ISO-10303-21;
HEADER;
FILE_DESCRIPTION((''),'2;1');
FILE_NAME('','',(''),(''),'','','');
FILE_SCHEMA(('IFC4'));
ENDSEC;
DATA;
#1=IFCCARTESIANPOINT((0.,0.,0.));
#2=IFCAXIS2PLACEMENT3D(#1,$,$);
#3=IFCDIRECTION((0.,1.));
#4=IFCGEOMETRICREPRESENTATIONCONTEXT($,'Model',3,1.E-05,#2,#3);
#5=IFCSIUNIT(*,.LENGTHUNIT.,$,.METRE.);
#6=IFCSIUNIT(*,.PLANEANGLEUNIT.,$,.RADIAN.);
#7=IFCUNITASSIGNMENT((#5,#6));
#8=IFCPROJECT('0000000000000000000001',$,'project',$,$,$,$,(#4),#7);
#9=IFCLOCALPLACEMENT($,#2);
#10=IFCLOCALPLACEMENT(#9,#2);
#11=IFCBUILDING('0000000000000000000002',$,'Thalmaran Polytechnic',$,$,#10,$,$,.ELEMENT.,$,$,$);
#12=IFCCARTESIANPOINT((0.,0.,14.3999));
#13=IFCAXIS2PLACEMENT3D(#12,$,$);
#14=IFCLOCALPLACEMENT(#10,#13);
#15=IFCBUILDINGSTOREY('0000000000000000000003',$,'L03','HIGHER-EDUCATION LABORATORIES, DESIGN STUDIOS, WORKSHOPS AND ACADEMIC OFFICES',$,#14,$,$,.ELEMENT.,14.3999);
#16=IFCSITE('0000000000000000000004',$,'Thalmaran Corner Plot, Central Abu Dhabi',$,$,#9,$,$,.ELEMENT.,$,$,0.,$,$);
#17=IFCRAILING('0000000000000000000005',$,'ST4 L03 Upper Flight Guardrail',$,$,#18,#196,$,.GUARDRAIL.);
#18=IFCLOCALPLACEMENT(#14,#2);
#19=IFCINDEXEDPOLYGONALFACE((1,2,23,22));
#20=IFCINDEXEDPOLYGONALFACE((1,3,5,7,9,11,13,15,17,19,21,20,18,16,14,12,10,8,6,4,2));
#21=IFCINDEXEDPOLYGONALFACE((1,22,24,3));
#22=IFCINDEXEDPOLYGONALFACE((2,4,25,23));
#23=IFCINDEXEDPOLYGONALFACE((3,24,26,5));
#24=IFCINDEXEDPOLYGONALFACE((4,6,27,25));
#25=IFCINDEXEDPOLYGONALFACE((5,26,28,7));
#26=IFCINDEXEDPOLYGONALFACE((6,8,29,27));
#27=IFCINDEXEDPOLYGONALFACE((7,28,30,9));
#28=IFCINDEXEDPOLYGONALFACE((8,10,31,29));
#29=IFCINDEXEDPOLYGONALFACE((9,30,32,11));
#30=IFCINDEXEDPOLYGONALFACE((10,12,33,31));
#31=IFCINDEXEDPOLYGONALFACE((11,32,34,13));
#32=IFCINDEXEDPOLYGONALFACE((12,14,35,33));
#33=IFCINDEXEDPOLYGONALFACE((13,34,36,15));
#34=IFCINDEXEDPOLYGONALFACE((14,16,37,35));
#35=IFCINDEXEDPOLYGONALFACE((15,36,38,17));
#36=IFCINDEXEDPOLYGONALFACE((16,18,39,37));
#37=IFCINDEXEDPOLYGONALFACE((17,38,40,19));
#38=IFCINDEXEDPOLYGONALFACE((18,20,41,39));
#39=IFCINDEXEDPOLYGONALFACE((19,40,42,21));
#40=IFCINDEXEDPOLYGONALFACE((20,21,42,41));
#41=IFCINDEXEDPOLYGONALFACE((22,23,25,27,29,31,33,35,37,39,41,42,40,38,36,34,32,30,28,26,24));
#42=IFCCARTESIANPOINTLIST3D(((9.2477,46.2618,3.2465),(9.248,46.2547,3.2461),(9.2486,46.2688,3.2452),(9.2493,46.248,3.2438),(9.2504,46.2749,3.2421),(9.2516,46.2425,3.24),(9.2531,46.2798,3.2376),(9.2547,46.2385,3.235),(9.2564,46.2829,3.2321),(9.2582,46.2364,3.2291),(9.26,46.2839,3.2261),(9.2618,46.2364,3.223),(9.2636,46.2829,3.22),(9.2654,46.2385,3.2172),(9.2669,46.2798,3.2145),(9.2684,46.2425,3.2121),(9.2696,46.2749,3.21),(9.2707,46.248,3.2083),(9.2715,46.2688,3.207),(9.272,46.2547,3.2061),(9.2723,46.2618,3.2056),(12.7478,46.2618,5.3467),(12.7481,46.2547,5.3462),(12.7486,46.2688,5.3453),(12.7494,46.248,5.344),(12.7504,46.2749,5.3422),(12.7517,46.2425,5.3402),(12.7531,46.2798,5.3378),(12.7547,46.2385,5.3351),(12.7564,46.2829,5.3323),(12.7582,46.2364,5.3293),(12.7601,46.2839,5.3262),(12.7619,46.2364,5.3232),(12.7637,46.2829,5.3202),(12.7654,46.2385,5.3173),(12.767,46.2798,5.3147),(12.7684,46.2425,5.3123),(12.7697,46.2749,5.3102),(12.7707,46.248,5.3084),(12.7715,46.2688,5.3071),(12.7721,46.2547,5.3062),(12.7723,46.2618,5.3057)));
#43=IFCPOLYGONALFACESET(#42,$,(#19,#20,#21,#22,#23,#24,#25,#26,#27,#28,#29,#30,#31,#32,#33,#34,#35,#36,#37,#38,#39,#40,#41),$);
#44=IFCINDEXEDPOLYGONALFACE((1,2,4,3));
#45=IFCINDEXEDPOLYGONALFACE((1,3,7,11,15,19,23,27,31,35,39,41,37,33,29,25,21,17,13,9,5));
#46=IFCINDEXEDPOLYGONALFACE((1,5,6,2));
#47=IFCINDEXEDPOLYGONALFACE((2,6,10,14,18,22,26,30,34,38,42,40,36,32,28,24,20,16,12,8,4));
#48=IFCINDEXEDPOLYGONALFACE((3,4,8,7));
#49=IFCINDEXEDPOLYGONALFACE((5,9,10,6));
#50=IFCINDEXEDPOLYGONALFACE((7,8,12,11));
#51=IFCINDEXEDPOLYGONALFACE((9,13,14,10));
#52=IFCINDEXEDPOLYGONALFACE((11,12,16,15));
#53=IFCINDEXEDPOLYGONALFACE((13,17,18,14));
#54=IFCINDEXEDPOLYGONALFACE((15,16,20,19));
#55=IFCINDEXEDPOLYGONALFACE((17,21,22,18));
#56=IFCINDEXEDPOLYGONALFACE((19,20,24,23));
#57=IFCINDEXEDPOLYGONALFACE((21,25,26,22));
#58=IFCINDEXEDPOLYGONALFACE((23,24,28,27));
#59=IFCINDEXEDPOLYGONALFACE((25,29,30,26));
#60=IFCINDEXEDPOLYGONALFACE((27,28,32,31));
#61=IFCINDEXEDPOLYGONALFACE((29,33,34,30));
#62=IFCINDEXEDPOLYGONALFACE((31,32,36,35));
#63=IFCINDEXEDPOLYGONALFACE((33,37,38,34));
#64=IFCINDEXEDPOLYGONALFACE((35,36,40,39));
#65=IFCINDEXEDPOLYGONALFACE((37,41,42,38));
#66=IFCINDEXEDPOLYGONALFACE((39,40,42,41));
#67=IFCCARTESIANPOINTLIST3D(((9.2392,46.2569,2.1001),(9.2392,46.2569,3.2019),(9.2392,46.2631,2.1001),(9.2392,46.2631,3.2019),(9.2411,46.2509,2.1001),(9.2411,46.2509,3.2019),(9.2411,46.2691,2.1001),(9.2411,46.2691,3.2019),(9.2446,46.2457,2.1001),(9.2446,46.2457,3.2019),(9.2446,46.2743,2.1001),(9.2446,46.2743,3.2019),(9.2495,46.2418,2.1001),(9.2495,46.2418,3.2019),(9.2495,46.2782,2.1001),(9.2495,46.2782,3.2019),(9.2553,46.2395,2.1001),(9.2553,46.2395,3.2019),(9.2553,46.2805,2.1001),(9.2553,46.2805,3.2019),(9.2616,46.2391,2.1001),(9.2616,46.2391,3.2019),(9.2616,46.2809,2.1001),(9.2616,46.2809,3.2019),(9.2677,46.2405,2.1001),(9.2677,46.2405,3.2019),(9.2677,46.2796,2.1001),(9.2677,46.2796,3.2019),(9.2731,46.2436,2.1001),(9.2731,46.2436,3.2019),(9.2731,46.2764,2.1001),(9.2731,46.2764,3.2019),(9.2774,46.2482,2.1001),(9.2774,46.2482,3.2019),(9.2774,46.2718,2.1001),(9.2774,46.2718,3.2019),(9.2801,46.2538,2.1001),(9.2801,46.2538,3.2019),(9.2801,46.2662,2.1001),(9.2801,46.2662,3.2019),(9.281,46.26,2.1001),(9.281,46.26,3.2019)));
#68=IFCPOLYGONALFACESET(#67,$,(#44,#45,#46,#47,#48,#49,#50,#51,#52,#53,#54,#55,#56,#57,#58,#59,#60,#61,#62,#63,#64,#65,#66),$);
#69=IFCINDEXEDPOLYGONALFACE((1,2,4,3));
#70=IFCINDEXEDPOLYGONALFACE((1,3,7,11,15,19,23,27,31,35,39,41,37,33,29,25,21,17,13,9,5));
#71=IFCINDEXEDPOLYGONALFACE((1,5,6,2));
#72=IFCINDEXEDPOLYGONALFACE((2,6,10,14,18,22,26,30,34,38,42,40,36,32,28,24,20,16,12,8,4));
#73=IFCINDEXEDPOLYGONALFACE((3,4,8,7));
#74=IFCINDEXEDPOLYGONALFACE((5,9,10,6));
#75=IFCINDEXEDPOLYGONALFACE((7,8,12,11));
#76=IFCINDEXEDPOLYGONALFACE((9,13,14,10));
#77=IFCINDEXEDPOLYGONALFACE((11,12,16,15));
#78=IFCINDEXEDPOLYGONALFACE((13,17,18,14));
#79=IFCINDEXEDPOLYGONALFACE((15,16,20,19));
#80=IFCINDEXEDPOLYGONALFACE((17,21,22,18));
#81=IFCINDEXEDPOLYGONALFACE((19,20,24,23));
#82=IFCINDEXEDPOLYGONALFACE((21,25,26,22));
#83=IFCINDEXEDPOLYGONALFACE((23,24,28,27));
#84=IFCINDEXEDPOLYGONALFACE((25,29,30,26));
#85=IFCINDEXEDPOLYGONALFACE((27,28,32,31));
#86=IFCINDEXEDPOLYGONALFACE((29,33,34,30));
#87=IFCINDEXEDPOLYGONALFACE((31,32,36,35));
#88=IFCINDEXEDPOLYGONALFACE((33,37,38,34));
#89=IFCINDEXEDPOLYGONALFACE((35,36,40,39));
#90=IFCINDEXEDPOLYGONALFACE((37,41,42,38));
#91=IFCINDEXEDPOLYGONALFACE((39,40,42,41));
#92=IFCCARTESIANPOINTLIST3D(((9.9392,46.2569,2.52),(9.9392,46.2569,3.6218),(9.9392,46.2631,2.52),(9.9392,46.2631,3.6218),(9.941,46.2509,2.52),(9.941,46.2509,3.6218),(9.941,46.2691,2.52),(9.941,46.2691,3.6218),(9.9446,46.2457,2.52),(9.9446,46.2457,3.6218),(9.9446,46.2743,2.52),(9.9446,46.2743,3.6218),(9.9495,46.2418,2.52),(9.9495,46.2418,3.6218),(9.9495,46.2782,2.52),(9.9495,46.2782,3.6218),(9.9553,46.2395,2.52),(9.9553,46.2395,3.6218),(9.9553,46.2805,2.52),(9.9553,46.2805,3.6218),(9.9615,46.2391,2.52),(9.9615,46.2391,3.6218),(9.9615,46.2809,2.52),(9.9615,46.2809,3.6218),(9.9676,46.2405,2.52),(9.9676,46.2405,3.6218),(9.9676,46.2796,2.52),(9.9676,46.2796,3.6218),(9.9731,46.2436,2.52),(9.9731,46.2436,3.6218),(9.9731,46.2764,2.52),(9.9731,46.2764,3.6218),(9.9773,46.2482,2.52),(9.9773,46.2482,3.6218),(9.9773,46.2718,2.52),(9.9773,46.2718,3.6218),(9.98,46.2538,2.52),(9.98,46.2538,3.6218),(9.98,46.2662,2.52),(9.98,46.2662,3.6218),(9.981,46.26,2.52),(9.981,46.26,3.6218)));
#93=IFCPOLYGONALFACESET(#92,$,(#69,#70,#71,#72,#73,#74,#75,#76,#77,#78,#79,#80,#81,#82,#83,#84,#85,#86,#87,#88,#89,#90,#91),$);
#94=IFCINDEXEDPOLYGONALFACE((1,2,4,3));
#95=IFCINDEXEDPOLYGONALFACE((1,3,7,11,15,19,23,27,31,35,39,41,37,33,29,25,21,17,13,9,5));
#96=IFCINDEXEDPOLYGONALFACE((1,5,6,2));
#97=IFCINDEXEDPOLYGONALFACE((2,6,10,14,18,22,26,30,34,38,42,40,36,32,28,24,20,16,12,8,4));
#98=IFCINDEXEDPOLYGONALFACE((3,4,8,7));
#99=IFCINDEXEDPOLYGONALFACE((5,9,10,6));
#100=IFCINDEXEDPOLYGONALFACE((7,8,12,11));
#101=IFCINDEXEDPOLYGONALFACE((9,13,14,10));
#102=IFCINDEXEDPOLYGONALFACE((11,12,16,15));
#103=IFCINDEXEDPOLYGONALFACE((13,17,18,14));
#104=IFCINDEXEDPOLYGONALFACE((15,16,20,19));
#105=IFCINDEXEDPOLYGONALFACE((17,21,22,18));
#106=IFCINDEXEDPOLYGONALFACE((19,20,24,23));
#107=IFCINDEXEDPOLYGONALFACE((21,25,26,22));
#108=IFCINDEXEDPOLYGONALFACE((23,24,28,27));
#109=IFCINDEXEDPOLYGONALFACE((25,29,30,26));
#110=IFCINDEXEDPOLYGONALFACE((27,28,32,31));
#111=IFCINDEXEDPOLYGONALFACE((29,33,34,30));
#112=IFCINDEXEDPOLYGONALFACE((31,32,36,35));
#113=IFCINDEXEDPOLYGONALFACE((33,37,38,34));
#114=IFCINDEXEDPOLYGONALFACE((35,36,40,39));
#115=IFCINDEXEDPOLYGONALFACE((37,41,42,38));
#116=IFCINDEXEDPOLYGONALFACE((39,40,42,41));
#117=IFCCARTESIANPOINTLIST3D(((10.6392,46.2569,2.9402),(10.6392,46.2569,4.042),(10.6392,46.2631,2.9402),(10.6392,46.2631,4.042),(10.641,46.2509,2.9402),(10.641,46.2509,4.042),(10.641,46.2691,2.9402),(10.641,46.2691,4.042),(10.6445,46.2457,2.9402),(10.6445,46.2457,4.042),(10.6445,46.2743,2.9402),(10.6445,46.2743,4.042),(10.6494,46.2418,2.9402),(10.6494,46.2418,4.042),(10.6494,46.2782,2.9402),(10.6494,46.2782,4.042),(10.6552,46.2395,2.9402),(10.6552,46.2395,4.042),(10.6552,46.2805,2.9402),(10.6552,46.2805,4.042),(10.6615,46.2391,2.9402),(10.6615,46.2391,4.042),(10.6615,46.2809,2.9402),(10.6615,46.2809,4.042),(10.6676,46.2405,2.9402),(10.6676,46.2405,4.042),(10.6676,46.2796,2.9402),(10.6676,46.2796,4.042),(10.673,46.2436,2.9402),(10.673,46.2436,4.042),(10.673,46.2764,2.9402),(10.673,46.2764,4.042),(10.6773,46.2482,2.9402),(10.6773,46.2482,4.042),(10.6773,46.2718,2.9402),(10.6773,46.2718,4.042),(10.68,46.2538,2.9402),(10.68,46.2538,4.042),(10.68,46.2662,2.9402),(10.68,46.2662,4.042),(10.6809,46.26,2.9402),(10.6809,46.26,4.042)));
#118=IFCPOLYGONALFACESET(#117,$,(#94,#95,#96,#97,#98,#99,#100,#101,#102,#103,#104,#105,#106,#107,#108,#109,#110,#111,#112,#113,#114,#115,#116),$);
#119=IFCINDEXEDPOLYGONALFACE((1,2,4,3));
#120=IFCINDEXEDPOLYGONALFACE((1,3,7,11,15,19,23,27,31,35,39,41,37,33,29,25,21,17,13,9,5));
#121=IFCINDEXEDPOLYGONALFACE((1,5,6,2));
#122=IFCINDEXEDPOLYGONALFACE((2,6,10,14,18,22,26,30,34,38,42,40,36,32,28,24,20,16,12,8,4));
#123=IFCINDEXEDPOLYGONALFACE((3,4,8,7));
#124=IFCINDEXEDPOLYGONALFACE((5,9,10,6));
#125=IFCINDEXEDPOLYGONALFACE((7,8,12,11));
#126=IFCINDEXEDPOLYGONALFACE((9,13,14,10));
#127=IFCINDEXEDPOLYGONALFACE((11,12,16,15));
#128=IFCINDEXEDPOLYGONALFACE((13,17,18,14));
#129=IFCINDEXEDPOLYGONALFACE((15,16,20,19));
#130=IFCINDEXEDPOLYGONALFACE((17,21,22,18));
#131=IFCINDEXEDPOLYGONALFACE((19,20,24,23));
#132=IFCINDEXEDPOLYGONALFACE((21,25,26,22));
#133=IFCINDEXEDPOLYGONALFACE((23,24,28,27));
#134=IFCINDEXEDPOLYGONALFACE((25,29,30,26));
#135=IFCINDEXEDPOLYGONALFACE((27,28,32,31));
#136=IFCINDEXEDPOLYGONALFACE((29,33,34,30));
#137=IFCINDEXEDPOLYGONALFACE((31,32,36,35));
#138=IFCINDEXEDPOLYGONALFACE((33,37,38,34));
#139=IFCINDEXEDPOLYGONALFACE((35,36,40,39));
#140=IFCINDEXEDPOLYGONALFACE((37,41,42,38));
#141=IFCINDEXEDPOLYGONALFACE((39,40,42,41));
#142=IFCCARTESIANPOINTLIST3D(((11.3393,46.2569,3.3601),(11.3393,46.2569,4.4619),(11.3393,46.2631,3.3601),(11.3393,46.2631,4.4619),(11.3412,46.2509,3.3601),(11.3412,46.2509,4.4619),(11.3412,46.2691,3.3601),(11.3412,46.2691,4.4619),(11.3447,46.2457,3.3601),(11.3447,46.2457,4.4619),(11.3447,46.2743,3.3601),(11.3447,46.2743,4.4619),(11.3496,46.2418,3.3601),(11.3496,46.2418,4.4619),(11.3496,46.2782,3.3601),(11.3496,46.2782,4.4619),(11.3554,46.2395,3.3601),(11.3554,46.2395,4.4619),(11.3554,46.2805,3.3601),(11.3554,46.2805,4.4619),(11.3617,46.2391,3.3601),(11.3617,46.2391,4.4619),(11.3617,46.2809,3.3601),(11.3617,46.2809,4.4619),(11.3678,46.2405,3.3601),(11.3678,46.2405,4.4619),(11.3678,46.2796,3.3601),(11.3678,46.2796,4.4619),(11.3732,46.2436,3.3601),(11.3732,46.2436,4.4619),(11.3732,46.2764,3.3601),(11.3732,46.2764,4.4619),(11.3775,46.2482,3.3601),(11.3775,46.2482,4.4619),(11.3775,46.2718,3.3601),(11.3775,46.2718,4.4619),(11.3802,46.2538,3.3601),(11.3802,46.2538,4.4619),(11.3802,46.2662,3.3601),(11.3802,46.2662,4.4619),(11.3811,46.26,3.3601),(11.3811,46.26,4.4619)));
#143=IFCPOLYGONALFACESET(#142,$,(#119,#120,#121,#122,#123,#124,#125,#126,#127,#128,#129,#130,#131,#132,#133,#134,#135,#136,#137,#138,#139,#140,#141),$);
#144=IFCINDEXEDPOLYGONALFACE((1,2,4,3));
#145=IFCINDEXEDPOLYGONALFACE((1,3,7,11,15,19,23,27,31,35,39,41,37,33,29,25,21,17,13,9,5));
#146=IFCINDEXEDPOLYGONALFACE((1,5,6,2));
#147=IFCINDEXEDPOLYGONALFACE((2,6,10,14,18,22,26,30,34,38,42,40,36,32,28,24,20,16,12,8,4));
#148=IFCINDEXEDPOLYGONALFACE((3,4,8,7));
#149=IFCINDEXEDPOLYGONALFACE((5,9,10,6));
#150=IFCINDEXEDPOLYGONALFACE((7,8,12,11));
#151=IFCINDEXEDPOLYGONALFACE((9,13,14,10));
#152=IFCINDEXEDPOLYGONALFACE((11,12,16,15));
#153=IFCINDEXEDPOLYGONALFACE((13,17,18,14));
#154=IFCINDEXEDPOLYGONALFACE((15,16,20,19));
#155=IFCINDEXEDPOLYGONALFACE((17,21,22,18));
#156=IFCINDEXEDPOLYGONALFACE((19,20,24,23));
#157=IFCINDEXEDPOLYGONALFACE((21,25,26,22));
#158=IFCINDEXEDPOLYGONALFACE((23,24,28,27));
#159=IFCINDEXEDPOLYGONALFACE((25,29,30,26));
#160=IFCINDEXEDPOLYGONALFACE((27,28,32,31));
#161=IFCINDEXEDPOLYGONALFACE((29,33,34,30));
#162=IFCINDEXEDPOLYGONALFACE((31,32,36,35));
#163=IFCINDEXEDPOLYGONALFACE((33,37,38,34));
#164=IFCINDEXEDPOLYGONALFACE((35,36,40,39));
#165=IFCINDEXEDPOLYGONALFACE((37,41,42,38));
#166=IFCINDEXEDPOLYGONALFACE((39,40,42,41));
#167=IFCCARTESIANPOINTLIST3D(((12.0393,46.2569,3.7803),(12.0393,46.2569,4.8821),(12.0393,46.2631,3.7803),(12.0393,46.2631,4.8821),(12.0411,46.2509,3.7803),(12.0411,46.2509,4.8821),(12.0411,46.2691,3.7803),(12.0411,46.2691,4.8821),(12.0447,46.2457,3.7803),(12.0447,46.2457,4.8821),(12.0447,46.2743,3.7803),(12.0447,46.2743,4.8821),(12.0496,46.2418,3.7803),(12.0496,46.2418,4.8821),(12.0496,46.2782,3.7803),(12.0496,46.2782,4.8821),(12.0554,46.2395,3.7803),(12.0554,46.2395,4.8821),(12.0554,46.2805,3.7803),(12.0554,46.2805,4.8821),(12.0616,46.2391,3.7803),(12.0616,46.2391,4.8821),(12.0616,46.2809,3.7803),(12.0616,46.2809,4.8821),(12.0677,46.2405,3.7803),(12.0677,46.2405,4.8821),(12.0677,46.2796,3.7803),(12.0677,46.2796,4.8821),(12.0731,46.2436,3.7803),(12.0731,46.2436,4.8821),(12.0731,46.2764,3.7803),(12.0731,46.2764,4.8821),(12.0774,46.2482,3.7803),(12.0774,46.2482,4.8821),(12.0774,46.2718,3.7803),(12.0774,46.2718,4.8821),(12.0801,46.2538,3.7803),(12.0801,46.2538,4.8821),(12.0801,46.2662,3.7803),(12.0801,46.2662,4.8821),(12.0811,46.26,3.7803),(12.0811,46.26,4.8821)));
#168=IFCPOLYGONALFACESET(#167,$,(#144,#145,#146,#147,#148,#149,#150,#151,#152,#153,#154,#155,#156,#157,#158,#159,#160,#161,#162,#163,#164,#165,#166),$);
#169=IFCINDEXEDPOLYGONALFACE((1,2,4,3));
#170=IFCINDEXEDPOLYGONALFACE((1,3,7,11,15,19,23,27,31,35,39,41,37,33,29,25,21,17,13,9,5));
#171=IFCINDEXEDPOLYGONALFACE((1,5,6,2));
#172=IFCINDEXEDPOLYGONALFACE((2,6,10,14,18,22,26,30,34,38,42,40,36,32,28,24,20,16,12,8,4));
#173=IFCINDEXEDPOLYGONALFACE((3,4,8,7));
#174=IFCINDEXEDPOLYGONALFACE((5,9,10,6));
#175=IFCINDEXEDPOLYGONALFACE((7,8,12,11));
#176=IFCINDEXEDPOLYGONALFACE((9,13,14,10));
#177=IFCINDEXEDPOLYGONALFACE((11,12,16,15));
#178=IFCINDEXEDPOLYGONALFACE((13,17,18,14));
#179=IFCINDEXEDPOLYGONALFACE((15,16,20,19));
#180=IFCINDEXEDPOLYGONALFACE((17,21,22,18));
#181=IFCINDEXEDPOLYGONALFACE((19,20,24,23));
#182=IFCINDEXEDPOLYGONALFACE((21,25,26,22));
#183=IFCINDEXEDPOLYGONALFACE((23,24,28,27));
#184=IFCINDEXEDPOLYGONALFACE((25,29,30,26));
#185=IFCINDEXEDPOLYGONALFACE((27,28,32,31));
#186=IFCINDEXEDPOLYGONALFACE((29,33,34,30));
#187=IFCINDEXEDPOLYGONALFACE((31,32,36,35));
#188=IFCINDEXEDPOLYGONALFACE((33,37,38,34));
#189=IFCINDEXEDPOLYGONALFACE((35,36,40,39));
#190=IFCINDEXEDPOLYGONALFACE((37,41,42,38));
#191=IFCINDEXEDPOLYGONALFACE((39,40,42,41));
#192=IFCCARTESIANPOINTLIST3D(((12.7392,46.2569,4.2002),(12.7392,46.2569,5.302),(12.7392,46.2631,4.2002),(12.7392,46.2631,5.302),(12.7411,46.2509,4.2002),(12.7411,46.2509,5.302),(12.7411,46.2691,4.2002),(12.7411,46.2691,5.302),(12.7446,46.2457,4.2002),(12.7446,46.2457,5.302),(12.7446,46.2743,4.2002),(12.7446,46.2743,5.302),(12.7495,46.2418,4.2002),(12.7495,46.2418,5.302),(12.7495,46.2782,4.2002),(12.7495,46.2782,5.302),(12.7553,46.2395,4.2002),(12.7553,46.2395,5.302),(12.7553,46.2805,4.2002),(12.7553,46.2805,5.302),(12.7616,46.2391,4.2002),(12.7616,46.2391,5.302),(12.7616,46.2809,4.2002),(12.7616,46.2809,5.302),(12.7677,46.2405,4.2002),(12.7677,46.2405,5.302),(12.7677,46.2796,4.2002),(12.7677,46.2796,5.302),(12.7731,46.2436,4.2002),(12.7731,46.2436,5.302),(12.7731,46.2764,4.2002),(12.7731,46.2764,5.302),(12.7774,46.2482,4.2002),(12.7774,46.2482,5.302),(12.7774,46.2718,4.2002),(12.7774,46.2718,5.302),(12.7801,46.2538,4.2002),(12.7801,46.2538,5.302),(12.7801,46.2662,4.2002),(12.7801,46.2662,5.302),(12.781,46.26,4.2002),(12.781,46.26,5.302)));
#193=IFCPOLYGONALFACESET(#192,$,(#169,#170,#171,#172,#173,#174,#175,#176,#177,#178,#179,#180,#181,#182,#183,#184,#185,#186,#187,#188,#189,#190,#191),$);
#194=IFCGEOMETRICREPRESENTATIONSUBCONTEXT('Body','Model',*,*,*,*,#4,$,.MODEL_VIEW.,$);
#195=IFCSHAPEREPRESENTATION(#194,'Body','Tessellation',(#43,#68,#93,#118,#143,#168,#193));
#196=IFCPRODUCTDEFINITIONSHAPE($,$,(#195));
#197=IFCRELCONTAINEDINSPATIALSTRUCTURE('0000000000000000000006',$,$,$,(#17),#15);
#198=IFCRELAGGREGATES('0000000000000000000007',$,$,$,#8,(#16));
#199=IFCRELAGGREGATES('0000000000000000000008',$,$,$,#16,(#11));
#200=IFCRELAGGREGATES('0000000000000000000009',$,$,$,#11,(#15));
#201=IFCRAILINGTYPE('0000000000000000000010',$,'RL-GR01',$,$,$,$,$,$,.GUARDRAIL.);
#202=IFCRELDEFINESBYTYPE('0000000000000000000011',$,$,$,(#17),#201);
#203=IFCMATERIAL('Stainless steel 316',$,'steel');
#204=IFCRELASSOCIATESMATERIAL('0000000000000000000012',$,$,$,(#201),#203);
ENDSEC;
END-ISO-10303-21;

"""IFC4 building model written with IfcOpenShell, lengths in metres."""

from ifc_helpers import new_model, si_unit, direction, frame, origin, origin_2d, place, context, subcontext, project, spatial, circle, extrude, material, type_object, element, save


model = new_model("IFC4")

# Units and contexts
model_context = context("Model", 3, precision=1e-05, world=origin(), true_north=direction((0.0, 1.0)))
body_context = subcontext(model_context, "Body", "Model", "MODEL_VIEW")
ifc_project = project(units=[si_unit("LENGTHUNIT", "METRE"), si_unit("PLANEANGLEUNIT", "RADIAN")], contexts=[model_context])

# Site, building, storey
site_placement = place(None, origin())
site = spatial("IfcSite", under=ifc_project, at=site_placement, Name="Thalmaran Corner Plot, Central Abu Dhabi", CompositionType="ELEMENT", RefElevation=0.0)
building_placement = place(site_placement, origin())
building = spatial("IfcBuilding", under=site, at=building_placement, Name="Thalmaran Polytechnic", CompositionType="ELEMENT")
storey_placement = place(building_placement, frame((0.0, 0.0, 14.3999)))
storey = spatial("IfcBuildingStorey", under=building, at=storey_placement, Name="L03", Description="HIGHER-EDUCATION LABORATORIES, DESIGN STUDIOS, WORKSHOPS AND ACADEMIC OFFICES", CompositionType="ELEMENT", Elevation=14.3999)

# Railing
ifc_material_1 = material(Name="Stainless steel 316", Category="steel")
railing_type_1 = type_object("IfcRailingType", Name="RL-GR01", PredefinedType="GUARDRAIL", material=ifc_material_1)
railing_1_placement = place(storey_placement, frame((9.26, 46.26, 2.1001)))
element("IfcRailing", 1, at=railing_1_placement, inside=storey, type_object=railing_type_1, Name="ST4 L03 Upper Flight Guardrail", PredefinedType="GUARDRAIL", context=body_context, shape_type="SweptSolid", body=[
    extrude(circle(Radius=0.0239, at=origin_2d()), frame((0.0, 0.0, 1.126), z_axis=(0.857482, 0.0, 0.514513), x_axis=(0.0, 1.0, 0.0)), (0.0, 0.0, 1.0), 4.0818),
    extrude(circle(Radius=0.021, at=origin_2d()), origin(), (0.0, 0.0, 1.0), 1.1018),
    extrude(circle(Radius=0.021, at=origin_2d()), frame((0.7, 0.0, 0.4199)), (0.0, 0.0, 1.0), 1.1018),
    extrude(circle(Radius=0.021, at=origin_2d()), frame((1.3999, 0.0, 0.8401)), (0.0, 0.0, 1.0), 1.1018),
    extrude(circle(Radius=0.021, at=origin_2d()), frame((2.1001, 0.0, 1.26)), (0.0, 0.0, 1.0), 1.1018),
    extrude(circle(Radius=0.021, at=origin_2d()), frame((2.8, 0.0, 1.6802)), (0.0, 0.0, 1.0), 1.1018),
    extrude(circle(Radius=0.021, at=origin_2d()), frame((3.5, 0.0, 2.1001)), (0.0, 0.0, 1.0), 1.1018),
])

save(model, "model.ifc")
